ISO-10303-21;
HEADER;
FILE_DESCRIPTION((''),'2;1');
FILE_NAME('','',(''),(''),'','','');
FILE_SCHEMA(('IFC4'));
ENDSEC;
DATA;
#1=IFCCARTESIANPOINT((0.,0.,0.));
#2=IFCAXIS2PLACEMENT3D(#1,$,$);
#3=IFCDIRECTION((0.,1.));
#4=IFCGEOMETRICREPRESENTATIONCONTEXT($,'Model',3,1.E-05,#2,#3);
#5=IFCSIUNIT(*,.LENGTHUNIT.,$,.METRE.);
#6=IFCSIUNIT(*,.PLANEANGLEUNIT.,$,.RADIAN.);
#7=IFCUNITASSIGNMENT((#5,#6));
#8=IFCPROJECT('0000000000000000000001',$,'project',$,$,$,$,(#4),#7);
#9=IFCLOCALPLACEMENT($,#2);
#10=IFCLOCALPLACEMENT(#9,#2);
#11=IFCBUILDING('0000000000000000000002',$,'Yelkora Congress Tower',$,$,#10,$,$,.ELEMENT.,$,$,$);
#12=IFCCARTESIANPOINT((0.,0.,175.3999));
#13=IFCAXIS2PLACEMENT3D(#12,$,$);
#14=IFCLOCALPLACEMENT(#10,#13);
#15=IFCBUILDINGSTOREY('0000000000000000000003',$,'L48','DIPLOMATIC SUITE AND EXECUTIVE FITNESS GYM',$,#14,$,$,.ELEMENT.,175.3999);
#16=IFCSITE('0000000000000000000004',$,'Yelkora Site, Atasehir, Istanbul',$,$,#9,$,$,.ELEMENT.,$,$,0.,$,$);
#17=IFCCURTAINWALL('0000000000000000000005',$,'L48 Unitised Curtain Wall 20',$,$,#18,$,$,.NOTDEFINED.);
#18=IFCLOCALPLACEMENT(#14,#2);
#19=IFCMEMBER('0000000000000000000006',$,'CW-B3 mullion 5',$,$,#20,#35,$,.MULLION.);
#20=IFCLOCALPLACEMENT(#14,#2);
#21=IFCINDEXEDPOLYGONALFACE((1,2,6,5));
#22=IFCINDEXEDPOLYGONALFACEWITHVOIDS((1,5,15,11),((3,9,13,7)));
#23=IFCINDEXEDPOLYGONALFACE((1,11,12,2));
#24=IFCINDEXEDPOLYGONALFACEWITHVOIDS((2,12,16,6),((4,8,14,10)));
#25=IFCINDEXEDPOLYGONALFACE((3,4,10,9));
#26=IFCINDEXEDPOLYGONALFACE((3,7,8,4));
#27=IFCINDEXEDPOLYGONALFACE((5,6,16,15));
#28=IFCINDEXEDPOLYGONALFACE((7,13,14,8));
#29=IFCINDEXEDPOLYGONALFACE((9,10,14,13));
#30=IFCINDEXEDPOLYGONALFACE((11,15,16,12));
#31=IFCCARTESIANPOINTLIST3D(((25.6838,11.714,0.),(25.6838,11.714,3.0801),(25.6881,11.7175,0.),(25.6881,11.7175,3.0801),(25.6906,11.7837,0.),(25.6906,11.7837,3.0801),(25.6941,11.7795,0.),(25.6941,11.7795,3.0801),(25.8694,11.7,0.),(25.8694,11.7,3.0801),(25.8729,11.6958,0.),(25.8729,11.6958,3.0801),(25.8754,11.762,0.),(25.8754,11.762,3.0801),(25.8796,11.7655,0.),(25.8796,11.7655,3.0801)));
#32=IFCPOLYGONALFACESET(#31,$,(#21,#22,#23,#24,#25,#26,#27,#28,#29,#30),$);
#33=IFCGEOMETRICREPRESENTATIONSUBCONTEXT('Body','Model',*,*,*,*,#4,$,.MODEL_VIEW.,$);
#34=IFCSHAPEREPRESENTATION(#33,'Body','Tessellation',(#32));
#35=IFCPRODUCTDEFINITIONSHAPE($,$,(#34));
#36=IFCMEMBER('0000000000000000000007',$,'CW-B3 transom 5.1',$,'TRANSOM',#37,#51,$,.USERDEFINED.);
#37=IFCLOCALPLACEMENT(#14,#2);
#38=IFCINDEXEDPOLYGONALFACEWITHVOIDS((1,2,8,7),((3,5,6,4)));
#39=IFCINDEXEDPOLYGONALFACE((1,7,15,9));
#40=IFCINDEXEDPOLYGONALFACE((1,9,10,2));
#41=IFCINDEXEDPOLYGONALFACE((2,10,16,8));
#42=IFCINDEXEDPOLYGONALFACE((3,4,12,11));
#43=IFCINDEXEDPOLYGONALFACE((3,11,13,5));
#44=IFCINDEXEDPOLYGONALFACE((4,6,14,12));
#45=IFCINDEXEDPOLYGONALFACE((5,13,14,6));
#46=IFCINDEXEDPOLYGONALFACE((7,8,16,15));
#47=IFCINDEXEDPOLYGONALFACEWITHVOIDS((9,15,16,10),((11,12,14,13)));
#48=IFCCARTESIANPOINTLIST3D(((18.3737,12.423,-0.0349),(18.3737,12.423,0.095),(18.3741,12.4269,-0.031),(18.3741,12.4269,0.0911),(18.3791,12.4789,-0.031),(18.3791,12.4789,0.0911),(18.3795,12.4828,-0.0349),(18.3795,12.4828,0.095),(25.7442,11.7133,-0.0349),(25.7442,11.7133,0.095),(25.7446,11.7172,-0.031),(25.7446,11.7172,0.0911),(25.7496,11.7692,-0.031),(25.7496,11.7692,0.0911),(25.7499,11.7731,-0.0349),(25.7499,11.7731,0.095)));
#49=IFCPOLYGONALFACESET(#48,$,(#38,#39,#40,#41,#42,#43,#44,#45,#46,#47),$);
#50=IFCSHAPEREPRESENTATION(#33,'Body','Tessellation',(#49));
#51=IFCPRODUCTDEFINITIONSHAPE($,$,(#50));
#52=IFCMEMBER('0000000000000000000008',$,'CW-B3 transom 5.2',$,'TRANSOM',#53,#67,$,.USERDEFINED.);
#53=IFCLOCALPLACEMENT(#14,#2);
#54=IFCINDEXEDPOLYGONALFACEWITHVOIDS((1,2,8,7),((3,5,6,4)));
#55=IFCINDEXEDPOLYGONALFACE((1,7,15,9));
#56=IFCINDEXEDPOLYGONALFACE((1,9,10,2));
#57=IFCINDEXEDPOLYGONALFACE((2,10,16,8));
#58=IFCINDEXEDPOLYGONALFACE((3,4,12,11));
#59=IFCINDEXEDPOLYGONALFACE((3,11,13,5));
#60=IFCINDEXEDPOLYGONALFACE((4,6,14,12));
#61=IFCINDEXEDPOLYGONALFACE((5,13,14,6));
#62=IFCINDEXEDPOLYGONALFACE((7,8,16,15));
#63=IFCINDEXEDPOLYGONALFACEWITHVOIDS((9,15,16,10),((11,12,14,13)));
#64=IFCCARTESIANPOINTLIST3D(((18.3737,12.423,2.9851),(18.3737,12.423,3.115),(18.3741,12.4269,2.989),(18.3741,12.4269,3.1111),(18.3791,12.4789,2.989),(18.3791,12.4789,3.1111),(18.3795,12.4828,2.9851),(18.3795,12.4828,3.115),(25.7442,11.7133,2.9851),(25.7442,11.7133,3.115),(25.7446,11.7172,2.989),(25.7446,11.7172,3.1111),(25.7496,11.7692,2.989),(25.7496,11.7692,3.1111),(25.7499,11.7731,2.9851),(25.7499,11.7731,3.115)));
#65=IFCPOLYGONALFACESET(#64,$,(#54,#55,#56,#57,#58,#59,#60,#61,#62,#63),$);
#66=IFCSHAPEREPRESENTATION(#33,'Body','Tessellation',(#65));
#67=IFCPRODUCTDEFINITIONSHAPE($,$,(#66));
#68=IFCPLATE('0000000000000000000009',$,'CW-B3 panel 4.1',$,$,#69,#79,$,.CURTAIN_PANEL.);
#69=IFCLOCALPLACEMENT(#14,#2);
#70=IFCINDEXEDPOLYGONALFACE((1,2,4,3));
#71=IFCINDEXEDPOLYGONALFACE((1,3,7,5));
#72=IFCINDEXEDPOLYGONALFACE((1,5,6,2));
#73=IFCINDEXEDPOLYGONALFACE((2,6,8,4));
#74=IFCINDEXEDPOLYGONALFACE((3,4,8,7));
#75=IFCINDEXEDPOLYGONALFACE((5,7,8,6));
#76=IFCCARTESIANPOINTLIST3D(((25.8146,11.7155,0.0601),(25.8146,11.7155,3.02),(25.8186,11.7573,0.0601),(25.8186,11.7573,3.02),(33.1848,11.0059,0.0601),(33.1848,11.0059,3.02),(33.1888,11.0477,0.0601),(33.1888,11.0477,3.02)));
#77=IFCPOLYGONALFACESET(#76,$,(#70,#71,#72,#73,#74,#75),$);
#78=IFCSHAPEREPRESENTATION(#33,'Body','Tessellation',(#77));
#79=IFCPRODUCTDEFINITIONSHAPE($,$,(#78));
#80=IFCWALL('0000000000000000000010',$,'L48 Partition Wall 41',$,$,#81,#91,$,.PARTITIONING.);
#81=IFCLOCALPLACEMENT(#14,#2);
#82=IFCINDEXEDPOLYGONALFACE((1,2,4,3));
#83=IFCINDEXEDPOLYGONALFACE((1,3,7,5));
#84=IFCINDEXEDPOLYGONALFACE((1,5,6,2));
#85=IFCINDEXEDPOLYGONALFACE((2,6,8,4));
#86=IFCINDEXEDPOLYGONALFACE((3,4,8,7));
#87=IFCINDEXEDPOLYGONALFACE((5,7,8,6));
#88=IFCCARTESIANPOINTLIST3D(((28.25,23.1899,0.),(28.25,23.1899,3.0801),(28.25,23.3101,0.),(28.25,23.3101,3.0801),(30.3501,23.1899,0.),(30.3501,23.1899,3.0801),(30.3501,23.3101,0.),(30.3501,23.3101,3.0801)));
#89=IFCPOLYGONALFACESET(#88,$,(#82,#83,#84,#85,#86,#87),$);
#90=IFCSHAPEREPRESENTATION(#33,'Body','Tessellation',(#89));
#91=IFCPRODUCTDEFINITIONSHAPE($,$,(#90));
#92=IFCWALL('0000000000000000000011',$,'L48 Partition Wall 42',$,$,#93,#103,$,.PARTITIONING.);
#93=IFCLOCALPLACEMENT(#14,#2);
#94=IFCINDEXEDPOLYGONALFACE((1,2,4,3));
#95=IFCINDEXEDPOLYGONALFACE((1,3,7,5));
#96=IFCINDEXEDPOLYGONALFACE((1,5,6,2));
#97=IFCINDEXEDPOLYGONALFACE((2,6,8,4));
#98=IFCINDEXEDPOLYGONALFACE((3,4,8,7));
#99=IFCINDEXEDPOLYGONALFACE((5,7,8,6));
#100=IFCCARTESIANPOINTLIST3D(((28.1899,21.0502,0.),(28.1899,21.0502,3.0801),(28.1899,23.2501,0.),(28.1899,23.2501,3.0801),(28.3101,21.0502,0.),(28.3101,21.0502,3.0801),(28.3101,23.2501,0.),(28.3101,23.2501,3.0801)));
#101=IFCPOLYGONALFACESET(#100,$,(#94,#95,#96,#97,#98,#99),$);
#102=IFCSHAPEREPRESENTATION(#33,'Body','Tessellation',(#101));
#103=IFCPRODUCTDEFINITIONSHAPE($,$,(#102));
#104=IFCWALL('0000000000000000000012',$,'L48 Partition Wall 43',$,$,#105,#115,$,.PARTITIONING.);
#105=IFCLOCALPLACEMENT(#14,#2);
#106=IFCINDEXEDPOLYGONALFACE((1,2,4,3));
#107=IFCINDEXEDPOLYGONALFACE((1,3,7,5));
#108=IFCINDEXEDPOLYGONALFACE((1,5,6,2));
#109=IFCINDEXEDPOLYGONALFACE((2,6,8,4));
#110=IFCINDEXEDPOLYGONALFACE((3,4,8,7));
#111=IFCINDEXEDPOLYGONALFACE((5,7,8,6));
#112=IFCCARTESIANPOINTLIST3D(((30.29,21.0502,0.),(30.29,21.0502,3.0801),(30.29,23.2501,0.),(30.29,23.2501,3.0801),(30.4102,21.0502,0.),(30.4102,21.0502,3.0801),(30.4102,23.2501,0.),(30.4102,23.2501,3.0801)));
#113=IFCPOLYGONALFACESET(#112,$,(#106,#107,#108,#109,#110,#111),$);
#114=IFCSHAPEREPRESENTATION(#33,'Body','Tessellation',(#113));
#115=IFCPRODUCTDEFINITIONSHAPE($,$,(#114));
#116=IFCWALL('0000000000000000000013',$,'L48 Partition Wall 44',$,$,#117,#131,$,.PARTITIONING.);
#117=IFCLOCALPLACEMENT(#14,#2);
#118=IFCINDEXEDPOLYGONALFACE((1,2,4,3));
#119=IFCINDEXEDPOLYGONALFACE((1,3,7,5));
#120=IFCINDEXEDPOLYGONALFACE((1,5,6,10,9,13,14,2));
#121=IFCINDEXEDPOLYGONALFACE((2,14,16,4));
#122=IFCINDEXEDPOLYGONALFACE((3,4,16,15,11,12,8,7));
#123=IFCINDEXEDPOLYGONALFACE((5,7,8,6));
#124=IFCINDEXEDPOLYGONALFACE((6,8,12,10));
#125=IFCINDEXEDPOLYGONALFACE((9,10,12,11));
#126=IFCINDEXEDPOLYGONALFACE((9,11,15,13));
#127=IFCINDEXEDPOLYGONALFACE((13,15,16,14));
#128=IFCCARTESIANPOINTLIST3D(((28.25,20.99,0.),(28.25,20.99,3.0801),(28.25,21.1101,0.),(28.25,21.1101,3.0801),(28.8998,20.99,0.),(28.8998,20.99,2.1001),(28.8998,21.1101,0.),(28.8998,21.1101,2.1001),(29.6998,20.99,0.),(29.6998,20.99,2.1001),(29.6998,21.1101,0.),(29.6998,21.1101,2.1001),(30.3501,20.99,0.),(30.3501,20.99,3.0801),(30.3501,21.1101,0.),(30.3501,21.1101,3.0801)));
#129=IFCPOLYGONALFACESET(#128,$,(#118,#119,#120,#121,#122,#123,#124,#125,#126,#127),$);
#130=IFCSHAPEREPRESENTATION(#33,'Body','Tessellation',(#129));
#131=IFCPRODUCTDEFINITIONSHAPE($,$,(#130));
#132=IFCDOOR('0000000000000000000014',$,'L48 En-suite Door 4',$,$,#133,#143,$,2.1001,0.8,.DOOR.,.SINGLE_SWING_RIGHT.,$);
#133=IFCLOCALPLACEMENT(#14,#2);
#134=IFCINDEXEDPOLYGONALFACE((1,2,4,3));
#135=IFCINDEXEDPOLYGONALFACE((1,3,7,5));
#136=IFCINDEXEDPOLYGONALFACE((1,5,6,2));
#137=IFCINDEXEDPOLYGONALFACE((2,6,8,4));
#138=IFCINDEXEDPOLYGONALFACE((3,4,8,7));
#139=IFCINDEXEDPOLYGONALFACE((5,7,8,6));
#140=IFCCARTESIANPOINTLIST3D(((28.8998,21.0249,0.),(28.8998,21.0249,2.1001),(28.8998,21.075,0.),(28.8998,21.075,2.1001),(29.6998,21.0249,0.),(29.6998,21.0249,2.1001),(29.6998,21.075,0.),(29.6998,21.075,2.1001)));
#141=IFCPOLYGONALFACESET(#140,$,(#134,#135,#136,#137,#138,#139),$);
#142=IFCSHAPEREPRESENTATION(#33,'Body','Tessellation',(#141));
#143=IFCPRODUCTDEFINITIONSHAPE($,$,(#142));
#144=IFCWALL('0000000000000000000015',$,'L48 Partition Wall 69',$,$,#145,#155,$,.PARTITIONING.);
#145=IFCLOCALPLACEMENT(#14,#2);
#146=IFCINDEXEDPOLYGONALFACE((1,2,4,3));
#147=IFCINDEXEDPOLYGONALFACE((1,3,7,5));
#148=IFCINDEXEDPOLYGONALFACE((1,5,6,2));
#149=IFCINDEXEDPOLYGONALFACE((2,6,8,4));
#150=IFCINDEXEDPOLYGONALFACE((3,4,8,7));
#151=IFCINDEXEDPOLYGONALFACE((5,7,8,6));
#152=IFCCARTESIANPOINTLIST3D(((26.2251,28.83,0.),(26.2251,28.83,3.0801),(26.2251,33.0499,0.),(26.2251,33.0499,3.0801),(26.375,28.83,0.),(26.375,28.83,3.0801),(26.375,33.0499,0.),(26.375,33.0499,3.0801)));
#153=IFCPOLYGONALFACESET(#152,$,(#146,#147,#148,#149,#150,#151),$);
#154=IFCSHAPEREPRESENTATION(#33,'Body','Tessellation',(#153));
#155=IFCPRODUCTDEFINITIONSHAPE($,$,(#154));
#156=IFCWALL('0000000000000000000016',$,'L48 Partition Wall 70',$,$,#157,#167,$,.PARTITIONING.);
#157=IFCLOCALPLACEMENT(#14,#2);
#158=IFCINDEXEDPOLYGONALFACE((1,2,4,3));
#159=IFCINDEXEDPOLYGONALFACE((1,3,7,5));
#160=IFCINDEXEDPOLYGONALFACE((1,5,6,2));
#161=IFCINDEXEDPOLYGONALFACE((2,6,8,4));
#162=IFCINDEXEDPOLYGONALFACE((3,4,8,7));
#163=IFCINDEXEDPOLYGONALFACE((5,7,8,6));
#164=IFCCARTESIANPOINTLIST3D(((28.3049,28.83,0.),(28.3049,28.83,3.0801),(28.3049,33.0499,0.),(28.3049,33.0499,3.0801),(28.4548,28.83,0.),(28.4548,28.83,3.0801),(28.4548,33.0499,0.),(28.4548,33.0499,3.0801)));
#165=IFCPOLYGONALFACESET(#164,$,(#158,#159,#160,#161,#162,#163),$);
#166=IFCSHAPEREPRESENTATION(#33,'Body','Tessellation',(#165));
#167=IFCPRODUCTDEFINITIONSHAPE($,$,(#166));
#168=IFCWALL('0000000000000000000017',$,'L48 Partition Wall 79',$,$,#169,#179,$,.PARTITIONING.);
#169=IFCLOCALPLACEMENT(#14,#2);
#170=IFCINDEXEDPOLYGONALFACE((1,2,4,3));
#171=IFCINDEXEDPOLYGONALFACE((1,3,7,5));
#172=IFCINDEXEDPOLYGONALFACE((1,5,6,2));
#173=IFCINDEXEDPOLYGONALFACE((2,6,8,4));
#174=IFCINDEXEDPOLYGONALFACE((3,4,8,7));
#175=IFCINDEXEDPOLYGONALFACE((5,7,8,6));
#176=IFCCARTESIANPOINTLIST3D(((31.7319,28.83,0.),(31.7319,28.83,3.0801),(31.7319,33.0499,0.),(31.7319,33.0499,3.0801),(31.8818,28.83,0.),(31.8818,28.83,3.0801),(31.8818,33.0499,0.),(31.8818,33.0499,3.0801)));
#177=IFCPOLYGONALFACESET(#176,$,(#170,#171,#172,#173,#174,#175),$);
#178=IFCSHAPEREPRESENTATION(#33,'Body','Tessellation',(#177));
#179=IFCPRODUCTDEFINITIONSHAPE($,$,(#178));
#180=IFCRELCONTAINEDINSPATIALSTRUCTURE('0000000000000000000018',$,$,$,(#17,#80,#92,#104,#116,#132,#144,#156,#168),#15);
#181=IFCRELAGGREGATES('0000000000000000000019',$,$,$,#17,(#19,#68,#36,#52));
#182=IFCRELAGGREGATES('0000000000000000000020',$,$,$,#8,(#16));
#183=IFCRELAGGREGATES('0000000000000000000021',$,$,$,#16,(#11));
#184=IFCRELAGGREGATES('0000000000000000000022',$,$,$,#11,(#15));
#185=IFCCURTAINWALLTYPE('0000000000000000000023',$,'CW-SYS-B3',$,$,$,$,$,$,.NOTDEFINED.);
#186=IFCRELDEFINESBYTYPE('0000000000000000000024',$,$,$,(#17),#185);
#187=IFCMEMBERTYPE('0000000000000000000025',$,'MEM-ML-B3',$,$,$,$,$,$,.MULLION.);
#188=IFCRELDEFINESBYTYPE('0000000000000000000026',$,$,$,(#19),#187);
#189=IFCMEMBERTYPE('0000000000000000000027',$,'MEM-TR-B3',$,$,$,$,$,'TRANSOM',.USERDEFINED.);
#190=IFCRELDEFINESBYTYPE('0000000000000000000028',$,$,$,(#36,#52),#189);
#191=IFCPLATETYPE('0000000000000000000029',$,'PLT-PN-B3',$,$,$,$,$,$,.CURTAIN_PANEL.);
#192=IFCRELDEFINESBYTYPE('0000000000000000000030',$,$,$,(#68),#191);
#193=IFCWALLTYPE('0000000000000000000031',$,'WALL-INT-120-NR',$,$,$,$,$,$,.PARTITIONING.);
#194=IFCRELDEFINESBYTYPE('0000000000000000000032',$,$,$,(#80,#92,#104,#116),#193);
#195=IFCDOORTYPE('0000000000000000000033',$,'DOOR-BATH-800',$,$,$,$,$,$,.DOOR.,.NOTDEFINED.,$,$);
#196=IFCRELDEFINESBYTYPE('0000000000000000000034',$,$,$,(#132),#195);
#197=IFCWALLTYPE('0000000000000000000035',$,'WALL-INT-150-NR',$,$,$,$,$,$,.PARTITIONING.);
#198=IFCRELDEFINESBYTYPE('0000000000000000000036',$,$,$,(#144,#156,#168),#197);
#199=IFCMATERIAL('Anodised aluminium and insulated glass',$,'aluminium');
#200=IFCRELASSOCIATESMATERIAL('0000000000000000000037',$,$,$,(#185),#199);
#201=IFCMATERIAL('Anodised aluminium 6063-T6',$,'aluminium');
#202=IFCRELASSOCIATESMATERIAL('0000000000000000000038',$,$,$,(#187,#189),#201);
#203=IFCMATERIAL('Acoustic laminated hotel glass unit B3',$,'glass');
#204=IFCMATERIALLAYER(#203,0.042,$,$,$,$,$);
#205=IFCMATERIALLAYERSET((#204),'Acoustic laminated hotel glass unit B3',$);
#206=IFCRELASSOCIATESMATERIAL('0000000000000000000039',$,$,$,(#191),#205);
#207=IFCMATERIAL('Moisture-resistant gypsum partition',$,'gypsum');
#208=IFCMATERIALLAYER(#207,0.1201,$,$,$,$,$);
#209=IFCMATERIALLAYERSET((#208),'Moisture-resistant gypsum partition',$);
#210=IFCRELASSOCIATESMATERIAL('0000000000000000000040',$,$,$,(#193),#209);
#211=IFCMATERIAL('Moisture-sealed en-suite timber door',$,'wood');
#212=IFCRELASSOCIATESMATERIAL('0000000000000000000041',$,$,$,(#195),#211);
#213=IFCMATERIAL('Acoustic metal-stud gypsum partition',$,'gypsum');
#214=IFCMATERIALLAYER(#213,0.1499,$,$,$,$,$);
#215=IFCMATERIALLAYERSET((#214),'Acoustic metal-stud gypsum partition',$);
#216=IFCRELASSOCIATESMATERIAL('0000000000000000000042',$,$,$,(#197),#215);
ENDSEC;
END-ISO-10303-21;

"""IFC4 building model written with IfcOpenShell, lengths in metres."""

from ifc_helpers import new_model, si_unit, direction, frame, frame_2d, origin, origin_2d, place, context, subcontext, project, spatial, rectangle, hollow_rectangle, extrude, material, layer, layer_set, material_profile, profile_set, type_object, element, fill, aggregate, save


model = new_model("IFC4")

# Units and contexts
model_context = context("Model", 3, precision=1e-05, world=origin(), true_north=direction((0.0, 1.0)))
body_context = subcontext(model_context, "Body", "Model", "MODEL_VIEW")
ifc_project = project(units=[si_unit("LENGTHUNIT", "METRE"), si_unit("PLANEANGLEUNIT", "RADIAN")], contexts=[model_context])

# Site, building, storey
site_placement = place(None, origin())
site = spatial("IfcSite", under=ifc_project, at=site_placement, Name="Yelkora Site, Atasehir, Istanbul", CompositionType="ELEMENT", RefElevation=0.0)
building_placement = place(site_placement, origin())
building = spatial("IfcBuilding", under=site, at=building_placement, Name="Yelkora Congress Tower", CompositionType="ELEMENT")
storey_placement = place(building_placement, frame((0.0, 0.0, 175.3999)))
storey = spatial("IfcBuildingStorey", under=building, at=storey_placement, Name="L48", Description="DIPLOMATIC SUITE AND EXECUTIVE FITNESS GYM", CompositionType="ELEMENT", Elevation=175.3999)

# Curtain wall, members, plate
ifc_material_1 = material(Name="Anodised aluminium and insulated glass", Category="aluminium")
curtain_wall_type = type_object("IfcCurtainWallType", Name="CW-SYS-B3", PredefinedType="NOTDEFINED", material=ifc_material_1)
curtain_wall_placement = place(storey_placement, origin())
curtain_wall = element("IfcCurtainWall", 1, at=curtain_wall_placement, inside=storey, type_object=curtain_wall_type, Name="L48 Unitised Curtain Wall 20", PredefinedType="NOTDEFINED")
ifc_material_2 = material(Name="Anodised aluminium 6063-T6", Category="aluminium")
ifc_material_profile_1 = material_profile(ifc_material_2, hollow_rectangle(XDim=0.0701, YDim=0.1899, WallThickness=0.0039, at=origin_2d()), Name="ALU 70x190x4")
ifc_profile_set_1 = profile_set([ifc_material_profile_1], Name="Anodised aluminium 6063-T6")
member_type_1 = type_object("IfcMemberType", Name="MEM-ML-B3", PredefinedType="MULLION", material=ifc_profile_set_1)
member_1_placement = place(storey_placement, frame((25.7817, 11.7397, 0.0), z_axis=(0.0, 0.0, 1.0), x_axis=(-0.095845, -0.995396, 0.0)))
member_1 = element("IfcMember", 2, at=member_1_placement, type_object=member_type_1, Name="CW-B3 mullion 5", PredefinedType="MULLION", context=body_context, shape_type="SweptSolid", body=[
    extrude(hollow_rectangle(XDim=0.0701, YDim=0.1899, WallThickness=0.0039, at=origin_2d()), origin(), (0.0, 0.0, 1.0), 3.0801),
])
ifc_material_profile_2 = material_profile(ifc_material_2, hollow_rectangle(XDim=0.0601, YDim=0.1299, WallThickness=0.0039, at=origin_2d()), Name="ALU 60x130x4")
ifc_profile_set_2 = profile_set([ifc_material_profile_2], Name="Anodised aluminium 6063-T6")
member_type_2 = type_object("IfcMemberType", Name="MEM-TR-B3", ElementType="TRANSOM", PredefinedType="USERDEFINED", material=ifc_profile_set_2)
member_2_placement = place(storey_placement, frame((25.7471, 11.7432, 0.03), z_axis=(-0.995396, 0.09585, 0.0), x_axis=(-0.09585, -0.995396, 0.0)))
member_2 = element("IfcMember", 3, at=member_2_placement, type_object=member_type_2, Name="CW-B3 transom 5.1", ObjectType="TRANSOM", PredefinedType="USERDEFINED", context=body_context, shape_type="SweptSolid", body=[
    extrude(hollow_rectangle(XDim=0.0601, YDim=0.1299, WallThickness=0.0039, at=origin_2d()), origin(), (0.0, 0.0, 1.0), 7.4045),
])
member_3_placement = place(storey_placement, frame((25.7471, 11.7432, 3.05), z_axis=(-0.995396, 0.09585, 0.0), x_axis=(-0.09585, -0.995396, 0.0)))
member_3 = element("IfcMember", 4, at=member_3_placement, type_object=member_type_2, Name="CW-B3 transom 5.2", ObjectType="TRANSOM", PredefinedType="USERDEFINED", context=body_context, shape_type="SweptSolid", body=[
    extrude(hollow_rectangle(XDim=0.0601, YDim=0.1299, WallThickness=0.0039, at=origin_2d()), origin(), (0.0, 0.0, 1.0), 7.4045),
])
ifc_material_3 = material(Name="Acoustic laminated hotel glass unit B3", Category="glass")
ifc_layer_1 = layer(ifc_material_3, 0.042)
ifc_layer_set_1 = layer_set([ifc_layer_1], Name="Acoustic laminated hotel glass unit B3")
plate_type = type_object("IfcPlateType", Name="PLT-PN-B3", PredefinedType="CURTAIN_PANEL", material=ifc_layer_set_1)
plate_placement = place(storey_placement, frame((29.5017, 11.3816, 0.0601), z_axis=(0.0, 0.0, 1.0), x_axis=(-0.995396, 0.095845, 0.0)))
plate = element("IfcPlate", 5, at=plate_placement, type_object=plate_type, Name="CW-B3 panel 4.1", PredefinedType="CURTAIN_PANEL", context=body_context, shape_type="SweptSolid", body=[
    extrude(rectangle(XDim=7.4043, YDim=0.042, at=origin_2d()), origin(), (0.0, 0.0, 1.0), 2.96),
])
aggregate(curtain_wall, [member_1, plate, member_2, member_3])

# Walls
ifc_material_4 = material(Name="Moisture-resistant gypsum partition", Category="gypsum")
ifc_layer_2 = layer(ifc_material_4, 0.1201)
ifc_layer_set_2 = layer_set([ifc_layer_2], Name="Moisture-resistant gypsum partition")
wall_type_1 = type_object("IfcWallType", Name="WALL-INT-120-NR", PredefinedType="PARTITIONING", material=ifc_layer_set_2)
wall_1_placement = place(storey_placement, frame((28.25, 23.25, 0.0), z_axis=(0.0, 0.0, 1.0), x_axis=(1.0, 0.0, 0.0)))
element("IfcWall", 6, at=wall_1_placement, inside=storey, type_object=wall_type_1, Name="L48 Partition Wall 41", PredefinedType="PARTITIONING", context=body_context, shape_type="SweptSolid", body=[
    extrude(rectangle(XDim=2.1001, YDim=0.1201, at=frame_2d((1.05, 0.0))), origin(), (0.0, 0.0, 1.0), 3.0801),
])
for number, where, z_axis, x_axis, name in (
    (7, (28.25, 21.05, 0.0), (0.0, 0.0, 1.0), (0.0, 1.0, 0.0), "L48 Partition Wall 42"),
    (8, (30.3501, 21.05, 0.0), (0.0, 0.0, 1.0), (0.0, 1.0, 0.0), "L48 Partition Wall 43"),
):
    element("IfcWall", number, at=place(storey_placement, frame(where, z_axis=z_axis, x_axis=x_axis)), inside=storey, type_object=wall_type_1, Name=name, PredefinedType="PARTITIONING", context=body_context, shape_type="SweptSolid", body=[
        extrude(rectangle(XDim=2.2, YDim=0.1201, at=frame_2d((1.1001, 0.0))), origin(), (0.0, 0.0, 1.0), 3.0801),
    ])

# Wall, opening, door
wall_2_placement = place(storey_placement, frame((28.25, 21.05, 0.0), z_axis=(0.0, 0.0, 1.0), x_axis=(1.0, 0.0, 0.0)))
wall_2 = element("IfcWall", 9, at=wall_2_placement, inside=storey, type_object=wall_type_1, Name="L48 Partition Wall 44", PredefinedType="PARTITIONING", context=body_context, shape_type="SweptSolid", body=[
    extrude(rectangle(XDim=2.1001, YDim=0.1201, at=frame_2d((1.05, 0.0))), origin(), (0.0, 0.0, 1.0), 3.0801),
])
opening_1_placement = place(wall_2_placement, frame((0.6499, 0.0, 0.0)))
opening_1 = element("IfcOpeningElement", 10, at=opening_1_placement, cuts=wall_2, PredefinedType="OPENING", context=body_context, shape_type="SweptSolid", body=[
    extrude(rectangle(XDim=0.8, YDim=2.1001, at=frame_2d((0.3999, 1.05))), frame((0.0, 0.0701, 0.0), z_axis=(0.0, -1.0, 0.0), x_axis=(1.0, 0.0, 0.0)), (0.0, 0.0, 1.0), 0.1401),
])
ifc_material_5 = material(Name="Moisture-sealed en-suite timber door", Category="wood")
door_type_1 = type_object("IfcDoorType", Name="DOOR-BATH-800", OperationType="NOTDEFINED", PredefinedType="DOOR", material=ifc_material_5)
door_1_placement = place(opening_1_placement, origin())
door_1 = element("IfcDoor", 11, at=door_1_placement, inside=storey, type_object=door_type_1, Name="L48 En-suite Door 4", OperationType="SINGLE_SWING_RIGHT", OverallHeight=2.1001, OverallWidth=0.8, PredefinedType="DOOR", context=body_context, shape_type="SweptSolid", body=[
    extrude(rectangle(XDim=0.8, YDim=2.1001, at=frame_2d((0.3999, 1.05))), frame((0.0, 0.0249, 0.0), z_axis=(0.0, -1.0, 0.0), x_axis=(1.0, 0.0, 0.0)), (0.0, 0.0, 1.0), 0.05),
])
fill(opening_1, door_1)

# Walls
ifc_material_6 = material(Name="Acoustic metal-stud gypsum partition", Category="gypsum")
ifc_layer_3 = layer(ifc_material_6, 0.1499)
ifc_layer_set_3 = layer_set([ifc_layer_3], Name="Acoustic metal-stud gypsum partition")
wall_type_2 = type_object("IfcWallType", Name="WALL-INT-150-NR", PredefinedType="PARTITIONING", material=ifc_layer_set_3)
for number, where, z_axis, x_axis, name in (
    (12, (26.3, 28.8301, 0.0), (0.0, 0.0, 1.0), (0.0, 1.0, 0.0), "L48 Partition Wall 69"),
    (13, (28.3799, 28.8301, 0.0), (0.0, 0.0, 1.0), (0.0, 1.0, 0.0), "L48 Partition Wall 70"),
    (14, (31.8069, 28.8301, 0.0), (0.0, 0.0, 1.0), (0.0, 1.0, 0.0), "L48 Partition Wall 79"),
):
    element("IfcWall", number, at=place(storey_placement, frame(where, z_axis=z_axis, x_axis=x_axis)), inside=storey, type_object=wall_type_2, Name=name, PredefinedType="PARTITIONING", context=body_context, shape_type="SweptSolid", body=[
        extrude(rectangle(XDim=4.22, YDim=0.1499, at=frame_2d((2.1099, 0.0))), origin(), (0.0, 0.0, 1.0), 3.0801),
    ])

save(model, "model.ifc")
